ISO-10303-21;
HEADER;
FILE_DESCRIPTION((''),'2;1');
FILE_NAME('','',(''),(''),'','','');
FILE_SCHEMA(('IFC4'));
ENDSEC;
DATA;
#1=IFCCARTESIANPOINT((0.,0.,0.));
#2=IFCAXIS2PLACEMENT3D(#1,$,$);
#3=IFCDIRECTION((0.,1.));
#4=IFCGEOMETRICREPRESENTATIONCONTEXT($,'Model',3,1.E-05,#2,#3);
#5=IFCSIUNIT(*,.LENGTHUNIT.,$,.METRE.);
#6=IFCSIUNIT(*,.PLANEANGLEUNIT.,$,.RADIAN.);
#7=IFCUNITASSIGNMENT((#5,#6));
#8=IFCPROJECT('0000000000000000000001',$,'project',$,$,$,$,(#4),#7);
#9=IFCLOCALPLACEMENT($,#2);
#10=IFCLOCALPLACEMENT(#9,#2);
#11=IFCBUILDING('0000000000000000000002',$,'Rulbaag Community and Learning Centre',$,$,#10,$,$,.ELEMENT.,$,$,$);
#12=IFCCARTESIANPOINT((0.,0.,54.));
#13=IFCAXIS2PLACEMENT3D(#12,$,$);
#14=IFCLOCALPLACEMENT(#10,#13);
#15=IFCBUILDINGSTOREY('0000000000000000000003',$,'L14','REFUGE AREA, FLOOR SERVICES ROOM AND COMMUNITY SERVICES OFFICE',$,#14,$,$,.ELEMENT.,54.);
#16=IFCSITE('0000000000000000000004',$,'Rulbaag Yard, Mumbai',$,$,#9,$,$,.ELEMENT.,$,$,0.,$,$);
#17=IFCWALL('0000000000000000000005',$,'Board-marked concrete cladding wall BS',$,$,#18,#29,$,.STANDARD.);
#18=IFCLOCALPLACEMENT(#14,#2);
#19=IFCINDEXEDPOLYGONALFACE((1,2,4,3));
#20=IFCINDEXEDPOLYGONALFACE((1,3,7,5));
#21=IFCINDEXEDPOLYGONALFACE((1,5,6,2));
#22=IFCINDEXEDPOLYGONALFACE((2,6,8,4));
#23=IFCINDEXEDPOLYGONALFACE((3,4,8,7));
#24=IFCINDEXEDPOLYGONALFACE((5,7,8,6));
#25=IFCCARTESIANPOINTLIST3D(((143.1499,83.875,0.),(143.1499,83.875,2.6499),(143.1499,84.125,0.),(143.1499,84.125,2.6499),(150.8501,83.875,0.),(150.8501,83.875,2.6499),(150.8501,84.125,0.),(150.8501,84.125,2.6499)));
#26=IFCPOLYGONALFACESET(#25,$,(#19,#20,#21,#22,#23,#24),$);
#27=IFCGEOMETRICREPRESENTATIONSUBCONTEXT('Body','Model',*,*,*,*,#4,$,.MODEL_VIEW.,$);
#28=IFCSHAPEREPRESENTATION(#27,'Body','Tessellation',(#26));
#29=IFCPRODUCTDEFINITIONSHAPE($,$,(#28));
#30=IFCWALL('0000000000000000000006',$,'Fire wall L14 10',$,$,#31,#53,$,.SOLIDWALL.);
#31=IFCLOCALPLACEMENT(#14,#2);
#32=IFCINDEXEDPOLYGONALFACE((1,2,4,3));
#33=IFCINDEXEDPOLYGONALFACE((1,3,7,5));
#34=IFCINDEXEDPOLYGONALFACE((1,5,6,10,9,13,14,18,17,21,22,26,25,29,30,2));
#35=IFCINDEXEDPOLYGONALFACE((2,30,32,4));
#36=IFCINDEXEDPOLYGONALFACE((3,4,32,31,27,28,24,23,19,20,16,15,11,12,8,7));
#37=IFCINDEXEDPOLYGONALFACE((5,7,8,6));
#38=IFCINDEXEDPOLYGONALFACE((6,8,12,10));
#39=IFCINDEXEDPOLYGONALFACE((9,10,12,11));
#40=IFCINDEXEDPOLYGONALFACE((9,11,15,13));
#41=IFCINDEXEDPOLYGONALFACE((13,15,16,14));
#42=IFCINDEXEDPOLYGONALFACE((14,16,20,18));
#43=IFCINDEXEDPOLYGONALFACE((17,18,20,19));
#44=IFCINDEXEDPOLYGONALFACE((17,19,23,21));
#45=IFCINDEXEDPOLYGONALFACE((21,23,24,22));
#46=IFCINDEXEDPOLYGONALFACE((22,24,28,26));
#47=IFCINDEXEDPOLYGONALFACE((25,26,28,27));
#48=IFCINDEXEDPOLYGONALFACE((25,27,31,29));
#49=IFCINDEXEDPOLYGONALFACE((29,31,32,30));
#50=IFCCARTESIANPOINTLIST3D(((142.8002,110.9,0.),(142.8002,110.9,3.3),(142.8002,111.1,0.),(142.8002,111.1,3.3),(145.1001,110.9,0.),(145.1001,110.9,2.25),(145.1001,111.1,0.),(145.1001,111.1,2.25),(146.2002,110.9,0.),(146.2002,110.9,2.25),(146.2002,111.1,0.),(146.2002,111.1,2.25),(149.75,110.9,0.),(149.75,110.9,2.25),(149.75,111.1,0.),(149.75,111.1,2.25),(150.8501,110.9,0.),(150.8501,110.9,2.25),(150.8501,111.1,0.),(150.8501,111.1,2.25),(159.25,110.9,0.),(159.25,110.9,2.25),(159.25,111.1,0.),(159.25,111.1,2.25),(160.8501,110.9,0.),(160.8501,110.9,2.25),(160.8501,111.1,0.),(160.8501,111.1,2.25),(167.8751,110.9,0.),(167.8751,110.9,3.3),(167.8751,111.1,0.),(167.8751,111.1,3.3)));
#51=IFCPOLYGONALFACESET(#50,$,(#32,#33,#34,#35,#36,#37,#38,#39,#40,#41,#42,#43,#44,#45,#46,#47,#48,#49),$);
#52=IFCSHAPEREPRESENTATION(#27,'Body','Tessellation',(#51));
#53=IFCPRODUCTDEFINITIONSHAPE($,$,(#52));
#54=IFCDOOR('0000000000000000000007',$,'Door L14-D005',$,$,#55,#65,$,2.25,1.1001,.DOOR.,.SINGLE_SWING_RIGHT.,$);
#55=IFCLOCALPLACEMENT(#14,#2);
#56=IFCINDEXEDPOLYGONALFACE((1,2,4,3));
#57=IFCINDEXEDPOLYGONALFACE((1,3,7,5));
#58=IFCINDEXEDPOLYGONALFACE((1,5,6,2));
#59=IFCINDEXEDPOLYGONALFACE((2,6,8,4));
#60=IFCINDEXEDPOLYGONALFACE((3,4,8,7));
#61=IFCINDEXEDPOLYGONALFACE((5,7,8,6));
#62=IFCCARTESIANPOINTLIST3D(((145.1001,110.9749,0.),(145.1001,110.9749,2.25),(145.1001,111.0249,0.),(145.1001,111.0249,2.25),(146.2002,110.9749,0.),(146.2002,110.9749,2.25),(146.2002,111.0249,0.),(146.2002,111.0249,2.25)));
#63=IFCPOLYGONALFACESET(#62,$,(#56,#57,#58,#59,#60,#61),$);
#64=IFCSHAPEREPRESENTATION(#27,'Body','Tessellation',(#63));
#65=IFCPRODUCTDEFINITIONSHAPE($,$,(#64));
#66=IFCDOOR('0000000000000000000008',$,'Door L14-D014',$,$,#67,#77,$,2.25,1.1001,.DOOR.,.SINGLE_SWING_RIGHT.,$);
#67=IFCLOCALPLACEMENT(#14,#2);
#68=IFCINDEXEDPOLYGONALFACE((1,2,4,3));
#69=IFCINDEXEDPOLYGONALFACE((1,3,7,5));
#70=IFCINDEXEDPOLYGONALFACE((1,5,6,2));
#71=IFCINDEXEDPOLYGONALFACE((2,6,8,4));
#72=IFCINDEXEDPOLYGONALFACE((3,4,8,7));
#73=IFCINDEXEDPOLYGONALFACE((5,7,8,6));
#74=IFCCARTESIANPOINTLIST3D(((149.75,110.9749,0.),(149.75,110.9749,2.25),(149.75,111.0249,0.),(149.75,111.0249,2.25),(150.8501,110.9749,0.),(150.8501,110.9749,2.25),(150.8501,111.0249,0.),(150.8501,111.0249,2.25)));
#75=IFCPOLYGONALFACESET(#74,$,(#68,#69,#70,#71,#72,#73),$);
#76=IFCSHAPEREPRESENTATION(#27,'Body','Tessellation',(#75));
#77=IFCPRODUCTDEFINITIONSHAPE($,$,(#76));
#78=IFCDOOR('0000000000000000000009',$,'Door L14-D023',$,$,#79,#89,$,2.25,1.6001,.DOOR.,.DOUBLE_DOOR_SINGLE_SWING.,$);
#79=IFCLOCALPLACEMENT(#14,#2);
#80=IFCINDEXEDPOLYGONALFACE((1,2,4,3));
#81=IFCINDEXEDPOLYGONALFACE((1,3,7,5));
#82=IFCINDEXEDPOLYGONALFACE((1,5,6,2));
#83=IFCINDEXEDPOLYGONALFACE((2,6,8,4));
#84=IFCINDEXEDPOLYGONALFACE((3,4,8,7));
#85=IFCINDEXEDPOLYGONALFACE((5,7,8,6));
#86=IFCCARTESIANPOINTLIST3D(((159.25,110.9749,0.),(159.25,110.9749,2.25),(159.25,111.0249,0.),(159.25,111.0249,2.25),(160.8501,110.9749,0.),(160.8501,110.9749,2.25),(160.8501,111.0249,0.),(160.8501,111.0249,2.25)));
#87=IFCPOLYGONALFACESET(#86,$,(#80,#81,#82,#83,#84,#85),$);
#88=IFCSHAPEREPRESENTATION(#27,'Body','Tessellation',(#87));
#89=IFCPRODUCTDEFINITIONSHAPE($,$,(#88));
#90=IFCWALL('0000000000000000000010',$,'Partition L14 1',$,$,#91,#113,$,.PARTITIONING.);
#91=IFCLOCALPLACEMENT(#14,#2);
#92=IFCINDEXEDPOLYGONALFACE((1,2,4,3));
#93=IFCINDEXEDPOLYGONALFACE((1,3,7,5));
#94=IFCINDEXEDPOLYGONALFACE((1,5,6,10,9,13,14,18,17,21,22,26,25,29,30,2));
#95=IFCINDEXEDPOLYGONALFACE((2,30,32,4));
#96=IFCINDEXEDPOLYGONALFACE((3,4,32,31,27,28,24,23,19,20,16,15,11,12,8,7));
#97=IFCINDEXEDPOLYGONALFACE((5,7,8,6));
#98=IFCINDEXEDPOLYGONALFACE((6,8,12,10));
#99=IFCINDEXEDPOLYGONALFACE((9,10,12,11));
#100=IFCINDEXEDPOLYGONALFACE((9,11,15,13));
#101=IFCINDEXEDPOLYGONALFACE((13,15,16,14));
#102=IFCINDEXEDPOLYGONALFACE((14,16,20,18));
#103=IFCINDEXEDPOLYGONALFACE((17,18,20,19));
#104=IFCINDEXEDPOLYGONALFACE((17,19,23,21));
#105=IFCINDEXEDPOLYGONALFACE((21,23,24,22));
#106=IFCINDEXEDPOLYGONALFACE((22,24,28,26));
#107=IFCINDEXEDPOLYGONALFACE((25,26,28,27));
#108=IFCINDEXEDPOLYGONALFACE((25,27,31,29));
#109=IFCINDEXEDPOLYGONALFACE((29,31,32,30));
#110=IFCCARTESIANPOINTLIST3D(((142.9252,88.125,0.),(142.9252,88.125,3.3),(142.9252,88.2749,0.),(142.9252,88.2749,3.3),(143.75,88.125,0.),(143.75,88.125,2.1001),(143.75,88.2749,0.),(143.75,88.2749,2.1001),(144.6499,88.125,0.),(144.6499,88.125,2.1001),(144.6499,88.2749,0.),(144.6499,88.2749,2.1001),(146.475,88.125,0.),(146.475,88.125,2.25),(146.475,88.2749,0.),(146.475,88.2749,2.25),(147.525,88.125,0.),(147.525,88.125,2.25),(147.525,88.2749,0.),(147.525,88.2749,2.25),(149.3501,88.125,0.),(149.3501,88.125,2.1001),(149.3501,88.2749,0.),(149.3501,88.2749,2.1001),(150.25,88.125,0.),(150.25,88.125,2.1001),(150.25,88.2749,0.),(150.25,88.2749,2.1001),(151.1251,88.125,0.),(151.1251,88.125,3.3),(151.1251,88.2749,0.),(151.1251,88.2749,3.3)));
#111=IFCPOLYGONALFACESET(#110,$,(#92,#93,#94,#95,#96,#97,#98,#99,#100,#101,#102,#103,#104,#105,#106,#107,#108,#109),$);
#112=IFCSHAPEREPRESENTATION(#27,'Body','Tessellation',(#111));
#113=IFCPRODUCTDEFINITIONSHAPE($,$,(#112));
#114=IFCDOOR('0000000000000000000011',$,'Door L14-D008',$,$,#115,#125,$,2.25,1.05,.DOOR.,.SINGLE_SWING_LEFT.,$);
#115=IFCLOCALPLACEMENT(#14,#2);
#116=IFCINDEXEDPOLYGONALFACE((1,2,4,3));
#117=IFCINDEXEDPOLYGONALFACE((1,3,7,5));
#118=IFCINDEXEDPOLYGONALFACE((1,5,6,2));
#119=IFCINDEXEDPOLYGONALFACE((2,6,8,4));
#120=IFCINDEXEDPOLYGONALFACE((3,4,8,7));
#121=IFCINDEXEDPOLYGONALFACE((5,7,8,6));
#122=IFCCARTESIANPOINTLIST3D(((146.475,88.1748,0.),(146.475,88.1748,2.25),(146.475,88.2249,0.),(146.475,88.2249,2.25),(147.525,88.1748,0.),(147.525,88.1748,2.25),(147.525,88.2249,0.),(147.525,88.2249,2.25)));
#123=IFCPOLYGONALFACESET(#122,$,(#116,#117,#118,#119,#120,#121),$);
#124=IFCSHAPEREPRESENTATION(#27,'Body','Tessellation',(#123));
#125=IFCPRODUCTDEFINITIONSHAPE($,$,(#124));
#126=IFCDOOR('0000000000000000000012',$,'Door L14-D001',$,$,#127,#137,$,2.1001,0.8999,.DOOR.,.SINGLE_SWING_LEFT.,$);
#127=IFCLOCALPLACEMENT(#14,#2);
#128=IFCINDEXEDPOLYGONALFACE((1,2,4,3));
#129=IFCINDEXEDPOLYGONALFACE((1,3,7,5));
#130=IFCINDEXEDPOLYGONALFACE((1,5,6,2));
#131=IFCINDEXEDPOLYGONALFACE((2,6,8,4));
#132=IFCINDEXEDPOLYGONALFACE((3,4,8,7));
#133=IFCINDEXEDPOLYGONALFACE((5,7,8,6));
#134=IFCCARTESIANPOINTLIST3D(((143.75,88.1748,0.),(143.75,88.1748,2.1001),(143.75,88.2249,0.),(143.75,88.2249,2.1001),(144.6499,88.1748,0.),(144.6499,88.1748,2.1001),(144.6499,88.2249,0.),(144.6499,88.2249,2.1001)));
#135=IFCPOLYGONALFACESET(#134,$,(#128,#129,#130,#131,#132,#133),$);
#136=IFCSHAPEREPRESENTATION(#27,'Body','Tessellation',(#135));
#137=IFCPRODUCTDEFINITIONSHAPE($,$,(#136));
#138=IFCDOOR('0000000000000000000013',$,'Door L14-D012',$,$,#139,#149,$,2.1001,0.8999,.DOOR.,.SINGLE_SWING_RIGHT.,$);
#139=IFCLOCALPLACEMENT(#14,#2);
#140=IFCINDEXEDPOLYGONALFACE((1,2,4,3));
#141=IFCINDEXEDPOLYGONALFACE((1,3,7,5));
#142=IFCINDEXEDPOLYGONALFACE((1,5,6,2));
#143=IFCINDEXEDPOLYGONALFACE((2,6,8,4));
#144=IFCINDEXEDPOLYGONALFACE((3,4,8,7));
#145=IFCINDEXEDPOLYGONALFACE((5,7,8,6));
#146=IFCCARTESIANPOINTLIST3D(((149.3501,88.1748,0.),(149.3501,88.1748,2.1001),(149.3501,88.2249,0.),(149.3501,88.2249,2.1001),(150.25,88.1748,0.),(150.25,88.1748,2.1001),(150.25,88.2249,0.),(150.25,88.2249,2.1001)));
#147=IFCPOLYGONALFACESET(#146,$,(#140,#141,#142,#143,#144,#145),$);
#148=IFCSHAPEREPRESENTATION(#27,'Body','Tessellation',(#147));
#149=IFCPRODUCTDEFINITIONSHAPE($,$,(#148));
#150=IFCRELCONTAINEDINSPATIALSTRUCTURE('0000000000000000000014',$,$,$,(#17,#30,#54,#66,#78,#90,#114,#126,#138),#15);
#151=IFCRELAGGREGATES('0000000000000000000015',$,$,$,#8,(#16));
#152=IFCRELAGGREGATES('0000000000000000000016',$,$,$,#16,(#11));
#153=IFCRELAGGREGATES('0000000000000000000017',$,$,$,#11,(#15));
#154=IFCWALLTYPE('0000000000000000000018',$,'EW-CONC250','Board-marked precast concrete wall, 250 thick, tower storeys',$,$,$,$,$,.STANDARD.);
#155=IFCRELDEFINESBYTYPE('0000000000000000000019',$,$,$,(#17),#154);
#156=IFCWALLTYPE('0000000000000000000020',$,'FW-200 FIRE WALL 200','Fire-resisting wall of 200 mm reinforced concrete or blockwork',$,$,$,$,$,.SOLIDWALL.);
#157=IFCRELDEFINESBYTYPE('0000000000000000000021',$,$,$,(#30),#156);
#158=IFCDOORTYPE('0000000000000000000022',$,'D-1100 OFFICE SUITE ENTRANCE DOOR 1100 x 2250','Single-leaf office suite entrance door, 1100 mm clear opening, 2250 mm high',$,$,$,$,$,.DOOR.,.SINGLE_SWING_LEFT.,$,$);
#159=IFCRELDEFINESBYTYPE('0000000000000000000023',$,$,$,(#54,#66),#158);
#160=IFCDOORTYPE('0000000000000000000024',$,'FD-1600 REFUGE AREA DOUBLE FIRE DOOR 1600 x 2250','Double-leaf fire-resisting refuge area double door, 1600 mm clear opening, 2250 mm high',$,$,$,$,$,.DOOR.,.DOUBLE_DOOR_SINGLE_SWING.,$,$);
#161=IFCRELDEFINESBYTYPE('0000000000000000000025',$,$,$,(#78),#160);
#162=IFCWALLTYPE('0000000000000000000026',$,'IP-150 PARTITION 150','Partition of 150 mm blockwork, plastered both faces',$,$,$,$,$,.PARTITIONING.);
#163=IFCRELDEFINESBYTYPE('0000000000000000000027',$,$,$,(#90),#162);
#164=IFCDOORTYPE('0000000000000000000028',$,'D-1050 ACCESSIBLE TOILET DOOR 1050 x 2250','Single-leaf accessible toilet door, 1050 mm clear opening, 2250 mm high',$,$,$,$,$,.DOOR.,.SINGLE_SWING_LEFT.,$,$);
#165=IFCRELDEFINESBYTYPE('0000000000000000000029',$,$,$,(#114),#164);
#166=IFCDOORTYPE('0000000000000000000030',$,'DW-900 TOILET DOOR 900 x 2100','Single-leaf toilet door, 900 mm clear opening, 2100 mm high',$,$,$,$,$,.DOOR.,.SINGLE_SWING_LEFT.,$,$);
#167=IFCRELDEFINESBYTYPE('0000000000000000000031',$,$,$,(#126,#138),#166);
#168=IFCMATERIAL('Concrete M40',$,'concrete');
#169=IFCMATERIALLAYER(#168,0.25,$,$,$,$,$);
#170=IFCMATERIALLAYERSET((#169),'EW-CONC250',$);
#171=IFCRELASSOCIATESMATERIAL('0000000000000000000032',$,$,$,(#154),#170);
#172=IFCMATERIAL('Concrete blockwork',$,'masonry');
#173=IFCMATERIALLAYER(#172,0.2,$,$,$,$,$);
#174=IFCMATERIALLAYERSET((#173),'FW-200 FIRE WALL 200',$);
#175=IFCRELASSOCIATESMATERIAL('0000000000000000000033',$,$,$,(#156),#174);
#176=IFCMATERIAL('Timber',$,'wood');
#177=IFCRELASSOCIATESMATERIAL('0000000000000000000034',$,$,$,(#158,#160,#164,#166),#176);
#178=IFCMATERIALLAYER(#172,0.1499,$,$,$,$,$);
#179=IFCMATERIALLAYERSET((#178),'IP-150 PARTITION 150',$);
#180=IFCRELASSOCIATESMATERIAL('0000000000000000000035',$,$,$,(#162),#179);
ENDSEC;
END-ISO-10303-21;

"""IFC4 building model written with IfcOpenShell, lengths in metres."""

from ifc_helpers import new_model, si_unit, direction, frame, frame_2d, origin, place, context, subcontext, project, spatial, rectangle, extrude, material, layer, layer_set, type_object, element, fill, save


model = new_model("IFC4")

# Units and contexts
model_context = context("Model", 3, precision=1e-05, world=origin(), true_north=direction((0.0, 1.0)))
body_context = subcontext(model_context, "Body", "Model", "MODEL_VIEW")
ifc_project = project(units=[si_unit("LENGTHUNIT", "METRE"), si_unit("PLANEANGLEUNIT", "RADIAN")], contexts=[model_context])

# Site, building, storey
site_placement = place(None, origin())
site = spatial("IfcSite", under=ifc_project, at=site_placement, Name="Rulbaag Yard, Mumbai", CompositionType="ELEMENT", RefElevation=0.0)
building_placement = place(site_placement, origin())
building = spatial("IfcBuilding", under=site, at=building_placement, Name="Rulbaag Community and Learning Centre", CompositionType="ELEMENT")
storey_placement = place(building_placement, frame((0.0, 0.0, 54.0)))
storey = spatial("IfcBuildingStorey", under=building, at=storey_placement, Name="L14", Description="REFUGE AREA, FLOOR SERVICES ROOM AND COMMUNITY SERVICES OFFICE", CompositionType="ELEMENT", Elevation=54.0)

# Shared definitions
ifc_material_1 = material(Name="Concrete M40", Category="concrete")

# Wall
ifc_layer_1 = layer(ifc_material_1, 0.25)
ifc_layer_set_1 = layer_set([ifc_layer_1], Name="EW-CONC250")
wall_type_1 = type_object("IfcWallType", Name="EW-CONC250", Description="Board-marked precast concrete wall, 250 thick, tower storeys", PredefinedType="STANDARD", material=ifc_layer_set_1)
wall_1_placement = place(storey_placement, frame((143.1499, 84.0, 0.0), z_axis=(0.0, 0.0, 1.0), x_axis=(1.0, 0.0, 0.0)))
element("IfcWall", 1, at=wall_1_placement, inside=storey, type_object=wall_type_1, Name="Board-marked concrete cladding wall BS", PredefinedType="STANDARD", context=body_context, shape_type="SweptSolid", body=[
    extrude(rectangle(XDim=7.7002, YDim=0.25, at=frame_2d((3.8501, 0.0))), origin(), (0.0, 0.0, 1.0), 2.6499),
])

# Walls, openings, doors
ifc_material_2 = material(Name="Concrete blockwork", Category="masonry")
ifc_layer_2 = layer(ifc_material_2, 0.2)
ifc_layer_set_2 = layer_set([ifc_layer_2], Name="FW-200 FIRE WALL 200")
wall_type_2 = type_object("IfcWallType", Name="FW-200 FIRE WALL 200", Description="Fire-resisting wall of 200 mm reinforced concrete or blockwork", PredefinedType="SOLIDWALL", material=ifc_layer_set_2)
wall_2_placement = place(storey_placement, frame((142.8, 111.0, 0.0), z_axis=(0.0, 0.0, 1.0), x_axis=(1.0, 0.0, 0.0)))
wall_2 = element("IfcWall", 2, at=wall_2_placement, inside=storey, type_object=wall_type_2, Name="Fire wall L14 10", PredefinedType="SOLIDWALL", context=body_context, shape_type="SweptSolid", body=[
    extrude(rectangle(XDim=25.075, YDim=0.2, at=frame_2d((12.5376, 0.0))), origin(), (0.0, 0.0, 1.0), 3.3),
])
opening_1_placement = place(wall_2_placement, frame((2.3, 0.0, 0.0)))
opening_1 = element("IfcOpeningElement", 3, at=opening_1_placement, cuts=wall_2, PredefinedType="OPENING", context=body_context, shape_type="SweptSolid", body=[
    extrude(rectangle(XDim=1.1001, YDim=2.25, at=frame_2d((0.55, 1.125))), frame((0.0, 0.1099, 0.0), z_axis=(0.0, -1.0, 0.0), x_axis=(1.0, 0.0, 0.0)), (0.0, 0.0, 1.0), 0.22),
])
opening_2_placement = place(wall_2_placement, frame((6.95, 0.0, 0.0)))
opening_2 = element("IfcOpeningElement", 4, at=opening_2_placement, cuts=wall_2, PredefinedType="OPENING", context=body_context, shape_type="SweptSolid", body=[
    extrude(rectangle(XDim=1.1001, YDim=2.25, at=frame_2d((0.55, 1.125))), frame((0.0, 0.1099, 0.0), z_axis=(0.0, -1.0, 0.0), x_axis=(1.0, 0.0, 0.0)), (0.0, 0.0, 1.0), 0.22),
])
opening_3_placement = place(wall_2_placement, frame((16.45, 0.0, 0.0)))
opening_3 = element("IfcOpeningElement", 5, at=opening_3_placement, cuts=wall_2, PredefinedType="OPENING", context=body_context, shape_type="SweptSolid", body=[
    extrude(rectangle(XDim=1.6001, YDim=2.25, at=frame_2d((0.8, 1.125))), frame((0.0, 0.1099, 0.0), z_axis=(0.0, -1.0, 0.0), x_axis=(1.0, 0.0, 0.0)), (0.0, 0.0, 1.0), 0.22),
])
ifc_material_3 = material(Name="Timber", Category="wood")
door_type_1 = type_object("IfcDoorType", Name="D-1100 OFFICE SUITE ENTRANCE DOOR 1100 x 2250", Description="Single-leaf office suite entrance door, 1100 mm clear opening, 2250 mm high", OperationType="SINGLE_SWING_LEFT", PredefinedType="DOOR", material=ifc_material_3)
door_1_placement = place(opening_1_placement, origin())
door_1 = element("IfcDoor", 6, at=door_1_placement, inside=storey, type_object=door_type_1, Name="Door L14-D005", OperationType="SINGLE_SWING_RIGHT", OverallHeight=2.25, OverallWidth=1.1001, PredefinedType="DOOR", context=body_context, shape_type="SweptSolid", body=[
    extrude(rectangle(XDim=1.1001, YDim=2.25, at=frame_2d((0.55, 1.125))), frame((0.0, 0.0249, 0.0), z_axis=(0.0, -1.0, 0.0), x_axis=(1.0, 0.0, 0.0)), (0.0, 0.0, 1.0), 0.05),
])
fill(opening_1, door_1)
door_2_placement = place(opening_2_placement, origin())
door_2 = element("IfcDoor", 7, at=door_2_placement, inside=storey, type_object=door_type_1, Name="Door L14-D014", OperationType="SINGLE_SWING_RIGHT", OverallHeight=2.25, OverallWidth=1.1001, PredefinedType="DOOR", context=body_context, shape_type="SweptSolid", body=[
    extrude(rectangle(XDim=1.1001, YDim=2.25, at=frame_2d((0.55, 1.125))), frame((0.0, 0.0249, 0.0), z_axis=(0.0, -1.0, 0.0), x_axis=(1.0, 0.0, 0.0)), (0.0, 0.0, 1.0), 0.05),
])
fill(opening_2, door_2)
door_type_2 = type_object("IfcDoorType", Name="FD-1600 REFUGE AREA DOUBLE FIRE DOOR 1600 x 2250", Description="Double-leaf fire-resisting refuge area double door, 1600 mm clear opening, 2250 mm high", OperationType="DOUBLE_DOOR_SINGLE_SWING", PredefinedType="DOOR", material=ifc_material_3)
door_3_placement = place(opening_3_placement, origin())
door_3 = element("IfcDoor", 8, at=door_3_placement, inside=storey, type_object=door_type_2, Name="Door L14-D023", OperationType="DOUBLE_DOOR_SINGLE_SWING", OverallHeight=2.25, OverallWidth=1.6001, PredefinedType="DOOR", context=body_context, shape_type="SweptSolid", body=[
    extrude(rectangle(XDim=1.6001, YDim=2.25, at=frame_2d((0.8, 1.125))), frame((0.0, 0.0249, 0.0), z_axis=(0.0, -1.0, 0.0), x_axis=(1.0, 0.0, 0.0)), (0.0, 0.0, 1.0), 0.05),
])
fill(opening_3, door_3)
ifc_layer_3 = layer(ifc_material_2, 0.1499)
ifc_layer_set_3 = layer_set([ifc_layer_3], Name="IP-150 PARTITION 150")
wall_type_3 = type_object("IfcWallType", Name="IP-150 PARTITION 150", Description="Partition of 150 mm blockwork, plastered both faces", PredefinedType="PARTITIONING", material=ifc_layer_set_3)
wall_3_placement = place(storey_placement, frame((142.925, 88.2, 0.0), z_axis=(0.0, 0.0, 1.0), x_axis=(1.0, 0.0, 0.0)))
wall_3 = element("IfcWall", 9, at=wall_3_placement, inside=storey, type_object=wall_type_3, Name="Partition L14 1", PredefinedType="PARTITIONING", context=body_context, shape_type="SweptSolid", body=[
    extrude(rectangle(XDim=8.2, YDim=0.1499, at=frame_2d((4.1001, 0.0))), origin(), (0.0, 0.0, 1.0), 3.3),
])
opening_4_placement = place(wall_3_placement, frame((0.825, 0.0, 0.0)))
opening_4 = element("IfcOpeningElement", 10, at=opening_4_placement, cuts=wall_3, PredefinedType="OPENING", context=body_context, shape_type="SweptSolid", body=[
    extrude(rectangle(XDim=0.8999, YDim=2.1001, at=frame_2d((0.45, 1.05))), frame((0.0, 0.085, 0.0), z_axis=(0.0, -1.0, 0.0), x_axis=(1.0, 0.0, 0.0)), (0.0, 0.0, 1.0), 0.1699),
])
opening_5_placement = place(wall_3_placement, frame((3.55, 0.0, 0.0)))
opening_5 = element("IfcOpeningElement", 11, at=opening_5_placement, cuts=wall_3, PredefinedType="OPENING", context=body_context, shape_type="SweptSolid", body=[
    extrude(rectangle(XDim=1.05, YDim=2.25, at=frame_2d((0.5249, 1.125))), frame((0.0, 0.085, 0.0), z_axis=(0.0, -1.0, 0.0), x_axis=(1.0, 0.0, 0.0)), (0.0, 0.0, 1.0), 0.1699),
])
opening_6_placement = place(wall_3_placement, frame((6.425, 0.0, 0.0)))
opening_6 = element("IfcOpeningElement", 12, at=opening_6_placement, cuts=wall_3, PredefinedType="OPENING", context=body_context, shape_type="SweptSolid", body=[
    extrude(rectangle(XDim=0.8999, YDim=2.1001, at=frame_2d((0.45, 1.05))), frame((0.0, 0.085, 0.0), z_axis=(0.0, -1.0, 0.0), x_axis=(1.0, 0.0, 0.0)), (0.0, 0.0, 1.0), 0.1699),
])
door_type_3 = type_object("IfcDoorType", Name="D-1050 ACCESSIBLE TOILET DOOR 1050 x 2250", Description="Single-leaf accessible toilet door, 1050 mm clear opening, 2250 mm high", OperationType="SINGLE_SWING_LEFT", PredefinedType="DOOR", material=ifc_material_3)
door_4_placement = place(opening_5_placement, origin())
door_4 = element("IfcDoor", 13, at=door_4_placement, inside=storey, type_object=door_type_3, Name="Door L14-D008", OperationType="SINGLE_SWING_LEFT", OverallHeight=2.25, OverallWidth=1.05, PredefinedType="DOOR", context=body_context, shape_type="SweptSolid", body=[
    extrude(rectangle(XDim=1.05, YDim=2.25, at=frame_2d((0.5249, 1.125))), frame((0.0, 0.0249, 0.0), z_axis=(0.0, -1.0, 0.0), x_axis=(1.0, 0.0, 0.0)), (0.0, 0.0, 1.0), 0.05),
])
fill(opening_5, door_4)
door_type_4 = type_object("IfcDoorType", Name="DW-900 TOILET DOOR 900 x 2100", Description="Single-leaf toilet door, 900 mm clear opening, 2100 mm high", OperationType="SINGLE_SWING_LEFT", PredefinedType="DOOR", material=ifc_material_3)
door_5_placement = place(opening_4_placement, origin())
door_5 = element("IfcDoor", 14, at=door_5_placement, inside=storey, type_object=door_type_4, Name="Door L14-D001", OperationType="SINGLE_SWING_LEFT", OverallHeight=2.1001, OverallWidth=0.8999, PredefinedType="DOOR", context=body_context, shape_type="SweptSolid", body=[
    extrude(rectangle(XDim=0.8999, YDim=2.1001, at=frame_2d((0.45, 1.05))), frame((0.0, 0.0249, 0.0), z_axis=(0.0, -1.0, 0.0), x_axis=(1.0, 0.0, 0.0)), (0.0, 0.0, 1.0), 0.05),
])
fill(opening_4, door_5)
door_6_placement = place(opening_6_placement, origin())
door_6 = element("IfcDoor", 15, at=door_6_placement, inside=storey, type_object=door_type_4, Name="Door L14-D012", OperationType="SINGLE_SWING_RIGHT", OverallHeight=2.1001, OverallWidth=0.8999, PredefinedType="DOOR", context=body_context, shape_type="SweptSolid", body=[
    extrude(rectangle(XDim=0.8999, YDim=2.1001, at=frame_2d((0.45, 1.05))), frame((0.0, 0.0249, 0.0), z_axis=(0.0, -1.0, 0.0), x_axis=(1.0, 0.0, 0.0)), (0.0, 0.0, 1.0), 0.05),
])
fill(opening_6, door_6)

save(model, "model.ifc")
